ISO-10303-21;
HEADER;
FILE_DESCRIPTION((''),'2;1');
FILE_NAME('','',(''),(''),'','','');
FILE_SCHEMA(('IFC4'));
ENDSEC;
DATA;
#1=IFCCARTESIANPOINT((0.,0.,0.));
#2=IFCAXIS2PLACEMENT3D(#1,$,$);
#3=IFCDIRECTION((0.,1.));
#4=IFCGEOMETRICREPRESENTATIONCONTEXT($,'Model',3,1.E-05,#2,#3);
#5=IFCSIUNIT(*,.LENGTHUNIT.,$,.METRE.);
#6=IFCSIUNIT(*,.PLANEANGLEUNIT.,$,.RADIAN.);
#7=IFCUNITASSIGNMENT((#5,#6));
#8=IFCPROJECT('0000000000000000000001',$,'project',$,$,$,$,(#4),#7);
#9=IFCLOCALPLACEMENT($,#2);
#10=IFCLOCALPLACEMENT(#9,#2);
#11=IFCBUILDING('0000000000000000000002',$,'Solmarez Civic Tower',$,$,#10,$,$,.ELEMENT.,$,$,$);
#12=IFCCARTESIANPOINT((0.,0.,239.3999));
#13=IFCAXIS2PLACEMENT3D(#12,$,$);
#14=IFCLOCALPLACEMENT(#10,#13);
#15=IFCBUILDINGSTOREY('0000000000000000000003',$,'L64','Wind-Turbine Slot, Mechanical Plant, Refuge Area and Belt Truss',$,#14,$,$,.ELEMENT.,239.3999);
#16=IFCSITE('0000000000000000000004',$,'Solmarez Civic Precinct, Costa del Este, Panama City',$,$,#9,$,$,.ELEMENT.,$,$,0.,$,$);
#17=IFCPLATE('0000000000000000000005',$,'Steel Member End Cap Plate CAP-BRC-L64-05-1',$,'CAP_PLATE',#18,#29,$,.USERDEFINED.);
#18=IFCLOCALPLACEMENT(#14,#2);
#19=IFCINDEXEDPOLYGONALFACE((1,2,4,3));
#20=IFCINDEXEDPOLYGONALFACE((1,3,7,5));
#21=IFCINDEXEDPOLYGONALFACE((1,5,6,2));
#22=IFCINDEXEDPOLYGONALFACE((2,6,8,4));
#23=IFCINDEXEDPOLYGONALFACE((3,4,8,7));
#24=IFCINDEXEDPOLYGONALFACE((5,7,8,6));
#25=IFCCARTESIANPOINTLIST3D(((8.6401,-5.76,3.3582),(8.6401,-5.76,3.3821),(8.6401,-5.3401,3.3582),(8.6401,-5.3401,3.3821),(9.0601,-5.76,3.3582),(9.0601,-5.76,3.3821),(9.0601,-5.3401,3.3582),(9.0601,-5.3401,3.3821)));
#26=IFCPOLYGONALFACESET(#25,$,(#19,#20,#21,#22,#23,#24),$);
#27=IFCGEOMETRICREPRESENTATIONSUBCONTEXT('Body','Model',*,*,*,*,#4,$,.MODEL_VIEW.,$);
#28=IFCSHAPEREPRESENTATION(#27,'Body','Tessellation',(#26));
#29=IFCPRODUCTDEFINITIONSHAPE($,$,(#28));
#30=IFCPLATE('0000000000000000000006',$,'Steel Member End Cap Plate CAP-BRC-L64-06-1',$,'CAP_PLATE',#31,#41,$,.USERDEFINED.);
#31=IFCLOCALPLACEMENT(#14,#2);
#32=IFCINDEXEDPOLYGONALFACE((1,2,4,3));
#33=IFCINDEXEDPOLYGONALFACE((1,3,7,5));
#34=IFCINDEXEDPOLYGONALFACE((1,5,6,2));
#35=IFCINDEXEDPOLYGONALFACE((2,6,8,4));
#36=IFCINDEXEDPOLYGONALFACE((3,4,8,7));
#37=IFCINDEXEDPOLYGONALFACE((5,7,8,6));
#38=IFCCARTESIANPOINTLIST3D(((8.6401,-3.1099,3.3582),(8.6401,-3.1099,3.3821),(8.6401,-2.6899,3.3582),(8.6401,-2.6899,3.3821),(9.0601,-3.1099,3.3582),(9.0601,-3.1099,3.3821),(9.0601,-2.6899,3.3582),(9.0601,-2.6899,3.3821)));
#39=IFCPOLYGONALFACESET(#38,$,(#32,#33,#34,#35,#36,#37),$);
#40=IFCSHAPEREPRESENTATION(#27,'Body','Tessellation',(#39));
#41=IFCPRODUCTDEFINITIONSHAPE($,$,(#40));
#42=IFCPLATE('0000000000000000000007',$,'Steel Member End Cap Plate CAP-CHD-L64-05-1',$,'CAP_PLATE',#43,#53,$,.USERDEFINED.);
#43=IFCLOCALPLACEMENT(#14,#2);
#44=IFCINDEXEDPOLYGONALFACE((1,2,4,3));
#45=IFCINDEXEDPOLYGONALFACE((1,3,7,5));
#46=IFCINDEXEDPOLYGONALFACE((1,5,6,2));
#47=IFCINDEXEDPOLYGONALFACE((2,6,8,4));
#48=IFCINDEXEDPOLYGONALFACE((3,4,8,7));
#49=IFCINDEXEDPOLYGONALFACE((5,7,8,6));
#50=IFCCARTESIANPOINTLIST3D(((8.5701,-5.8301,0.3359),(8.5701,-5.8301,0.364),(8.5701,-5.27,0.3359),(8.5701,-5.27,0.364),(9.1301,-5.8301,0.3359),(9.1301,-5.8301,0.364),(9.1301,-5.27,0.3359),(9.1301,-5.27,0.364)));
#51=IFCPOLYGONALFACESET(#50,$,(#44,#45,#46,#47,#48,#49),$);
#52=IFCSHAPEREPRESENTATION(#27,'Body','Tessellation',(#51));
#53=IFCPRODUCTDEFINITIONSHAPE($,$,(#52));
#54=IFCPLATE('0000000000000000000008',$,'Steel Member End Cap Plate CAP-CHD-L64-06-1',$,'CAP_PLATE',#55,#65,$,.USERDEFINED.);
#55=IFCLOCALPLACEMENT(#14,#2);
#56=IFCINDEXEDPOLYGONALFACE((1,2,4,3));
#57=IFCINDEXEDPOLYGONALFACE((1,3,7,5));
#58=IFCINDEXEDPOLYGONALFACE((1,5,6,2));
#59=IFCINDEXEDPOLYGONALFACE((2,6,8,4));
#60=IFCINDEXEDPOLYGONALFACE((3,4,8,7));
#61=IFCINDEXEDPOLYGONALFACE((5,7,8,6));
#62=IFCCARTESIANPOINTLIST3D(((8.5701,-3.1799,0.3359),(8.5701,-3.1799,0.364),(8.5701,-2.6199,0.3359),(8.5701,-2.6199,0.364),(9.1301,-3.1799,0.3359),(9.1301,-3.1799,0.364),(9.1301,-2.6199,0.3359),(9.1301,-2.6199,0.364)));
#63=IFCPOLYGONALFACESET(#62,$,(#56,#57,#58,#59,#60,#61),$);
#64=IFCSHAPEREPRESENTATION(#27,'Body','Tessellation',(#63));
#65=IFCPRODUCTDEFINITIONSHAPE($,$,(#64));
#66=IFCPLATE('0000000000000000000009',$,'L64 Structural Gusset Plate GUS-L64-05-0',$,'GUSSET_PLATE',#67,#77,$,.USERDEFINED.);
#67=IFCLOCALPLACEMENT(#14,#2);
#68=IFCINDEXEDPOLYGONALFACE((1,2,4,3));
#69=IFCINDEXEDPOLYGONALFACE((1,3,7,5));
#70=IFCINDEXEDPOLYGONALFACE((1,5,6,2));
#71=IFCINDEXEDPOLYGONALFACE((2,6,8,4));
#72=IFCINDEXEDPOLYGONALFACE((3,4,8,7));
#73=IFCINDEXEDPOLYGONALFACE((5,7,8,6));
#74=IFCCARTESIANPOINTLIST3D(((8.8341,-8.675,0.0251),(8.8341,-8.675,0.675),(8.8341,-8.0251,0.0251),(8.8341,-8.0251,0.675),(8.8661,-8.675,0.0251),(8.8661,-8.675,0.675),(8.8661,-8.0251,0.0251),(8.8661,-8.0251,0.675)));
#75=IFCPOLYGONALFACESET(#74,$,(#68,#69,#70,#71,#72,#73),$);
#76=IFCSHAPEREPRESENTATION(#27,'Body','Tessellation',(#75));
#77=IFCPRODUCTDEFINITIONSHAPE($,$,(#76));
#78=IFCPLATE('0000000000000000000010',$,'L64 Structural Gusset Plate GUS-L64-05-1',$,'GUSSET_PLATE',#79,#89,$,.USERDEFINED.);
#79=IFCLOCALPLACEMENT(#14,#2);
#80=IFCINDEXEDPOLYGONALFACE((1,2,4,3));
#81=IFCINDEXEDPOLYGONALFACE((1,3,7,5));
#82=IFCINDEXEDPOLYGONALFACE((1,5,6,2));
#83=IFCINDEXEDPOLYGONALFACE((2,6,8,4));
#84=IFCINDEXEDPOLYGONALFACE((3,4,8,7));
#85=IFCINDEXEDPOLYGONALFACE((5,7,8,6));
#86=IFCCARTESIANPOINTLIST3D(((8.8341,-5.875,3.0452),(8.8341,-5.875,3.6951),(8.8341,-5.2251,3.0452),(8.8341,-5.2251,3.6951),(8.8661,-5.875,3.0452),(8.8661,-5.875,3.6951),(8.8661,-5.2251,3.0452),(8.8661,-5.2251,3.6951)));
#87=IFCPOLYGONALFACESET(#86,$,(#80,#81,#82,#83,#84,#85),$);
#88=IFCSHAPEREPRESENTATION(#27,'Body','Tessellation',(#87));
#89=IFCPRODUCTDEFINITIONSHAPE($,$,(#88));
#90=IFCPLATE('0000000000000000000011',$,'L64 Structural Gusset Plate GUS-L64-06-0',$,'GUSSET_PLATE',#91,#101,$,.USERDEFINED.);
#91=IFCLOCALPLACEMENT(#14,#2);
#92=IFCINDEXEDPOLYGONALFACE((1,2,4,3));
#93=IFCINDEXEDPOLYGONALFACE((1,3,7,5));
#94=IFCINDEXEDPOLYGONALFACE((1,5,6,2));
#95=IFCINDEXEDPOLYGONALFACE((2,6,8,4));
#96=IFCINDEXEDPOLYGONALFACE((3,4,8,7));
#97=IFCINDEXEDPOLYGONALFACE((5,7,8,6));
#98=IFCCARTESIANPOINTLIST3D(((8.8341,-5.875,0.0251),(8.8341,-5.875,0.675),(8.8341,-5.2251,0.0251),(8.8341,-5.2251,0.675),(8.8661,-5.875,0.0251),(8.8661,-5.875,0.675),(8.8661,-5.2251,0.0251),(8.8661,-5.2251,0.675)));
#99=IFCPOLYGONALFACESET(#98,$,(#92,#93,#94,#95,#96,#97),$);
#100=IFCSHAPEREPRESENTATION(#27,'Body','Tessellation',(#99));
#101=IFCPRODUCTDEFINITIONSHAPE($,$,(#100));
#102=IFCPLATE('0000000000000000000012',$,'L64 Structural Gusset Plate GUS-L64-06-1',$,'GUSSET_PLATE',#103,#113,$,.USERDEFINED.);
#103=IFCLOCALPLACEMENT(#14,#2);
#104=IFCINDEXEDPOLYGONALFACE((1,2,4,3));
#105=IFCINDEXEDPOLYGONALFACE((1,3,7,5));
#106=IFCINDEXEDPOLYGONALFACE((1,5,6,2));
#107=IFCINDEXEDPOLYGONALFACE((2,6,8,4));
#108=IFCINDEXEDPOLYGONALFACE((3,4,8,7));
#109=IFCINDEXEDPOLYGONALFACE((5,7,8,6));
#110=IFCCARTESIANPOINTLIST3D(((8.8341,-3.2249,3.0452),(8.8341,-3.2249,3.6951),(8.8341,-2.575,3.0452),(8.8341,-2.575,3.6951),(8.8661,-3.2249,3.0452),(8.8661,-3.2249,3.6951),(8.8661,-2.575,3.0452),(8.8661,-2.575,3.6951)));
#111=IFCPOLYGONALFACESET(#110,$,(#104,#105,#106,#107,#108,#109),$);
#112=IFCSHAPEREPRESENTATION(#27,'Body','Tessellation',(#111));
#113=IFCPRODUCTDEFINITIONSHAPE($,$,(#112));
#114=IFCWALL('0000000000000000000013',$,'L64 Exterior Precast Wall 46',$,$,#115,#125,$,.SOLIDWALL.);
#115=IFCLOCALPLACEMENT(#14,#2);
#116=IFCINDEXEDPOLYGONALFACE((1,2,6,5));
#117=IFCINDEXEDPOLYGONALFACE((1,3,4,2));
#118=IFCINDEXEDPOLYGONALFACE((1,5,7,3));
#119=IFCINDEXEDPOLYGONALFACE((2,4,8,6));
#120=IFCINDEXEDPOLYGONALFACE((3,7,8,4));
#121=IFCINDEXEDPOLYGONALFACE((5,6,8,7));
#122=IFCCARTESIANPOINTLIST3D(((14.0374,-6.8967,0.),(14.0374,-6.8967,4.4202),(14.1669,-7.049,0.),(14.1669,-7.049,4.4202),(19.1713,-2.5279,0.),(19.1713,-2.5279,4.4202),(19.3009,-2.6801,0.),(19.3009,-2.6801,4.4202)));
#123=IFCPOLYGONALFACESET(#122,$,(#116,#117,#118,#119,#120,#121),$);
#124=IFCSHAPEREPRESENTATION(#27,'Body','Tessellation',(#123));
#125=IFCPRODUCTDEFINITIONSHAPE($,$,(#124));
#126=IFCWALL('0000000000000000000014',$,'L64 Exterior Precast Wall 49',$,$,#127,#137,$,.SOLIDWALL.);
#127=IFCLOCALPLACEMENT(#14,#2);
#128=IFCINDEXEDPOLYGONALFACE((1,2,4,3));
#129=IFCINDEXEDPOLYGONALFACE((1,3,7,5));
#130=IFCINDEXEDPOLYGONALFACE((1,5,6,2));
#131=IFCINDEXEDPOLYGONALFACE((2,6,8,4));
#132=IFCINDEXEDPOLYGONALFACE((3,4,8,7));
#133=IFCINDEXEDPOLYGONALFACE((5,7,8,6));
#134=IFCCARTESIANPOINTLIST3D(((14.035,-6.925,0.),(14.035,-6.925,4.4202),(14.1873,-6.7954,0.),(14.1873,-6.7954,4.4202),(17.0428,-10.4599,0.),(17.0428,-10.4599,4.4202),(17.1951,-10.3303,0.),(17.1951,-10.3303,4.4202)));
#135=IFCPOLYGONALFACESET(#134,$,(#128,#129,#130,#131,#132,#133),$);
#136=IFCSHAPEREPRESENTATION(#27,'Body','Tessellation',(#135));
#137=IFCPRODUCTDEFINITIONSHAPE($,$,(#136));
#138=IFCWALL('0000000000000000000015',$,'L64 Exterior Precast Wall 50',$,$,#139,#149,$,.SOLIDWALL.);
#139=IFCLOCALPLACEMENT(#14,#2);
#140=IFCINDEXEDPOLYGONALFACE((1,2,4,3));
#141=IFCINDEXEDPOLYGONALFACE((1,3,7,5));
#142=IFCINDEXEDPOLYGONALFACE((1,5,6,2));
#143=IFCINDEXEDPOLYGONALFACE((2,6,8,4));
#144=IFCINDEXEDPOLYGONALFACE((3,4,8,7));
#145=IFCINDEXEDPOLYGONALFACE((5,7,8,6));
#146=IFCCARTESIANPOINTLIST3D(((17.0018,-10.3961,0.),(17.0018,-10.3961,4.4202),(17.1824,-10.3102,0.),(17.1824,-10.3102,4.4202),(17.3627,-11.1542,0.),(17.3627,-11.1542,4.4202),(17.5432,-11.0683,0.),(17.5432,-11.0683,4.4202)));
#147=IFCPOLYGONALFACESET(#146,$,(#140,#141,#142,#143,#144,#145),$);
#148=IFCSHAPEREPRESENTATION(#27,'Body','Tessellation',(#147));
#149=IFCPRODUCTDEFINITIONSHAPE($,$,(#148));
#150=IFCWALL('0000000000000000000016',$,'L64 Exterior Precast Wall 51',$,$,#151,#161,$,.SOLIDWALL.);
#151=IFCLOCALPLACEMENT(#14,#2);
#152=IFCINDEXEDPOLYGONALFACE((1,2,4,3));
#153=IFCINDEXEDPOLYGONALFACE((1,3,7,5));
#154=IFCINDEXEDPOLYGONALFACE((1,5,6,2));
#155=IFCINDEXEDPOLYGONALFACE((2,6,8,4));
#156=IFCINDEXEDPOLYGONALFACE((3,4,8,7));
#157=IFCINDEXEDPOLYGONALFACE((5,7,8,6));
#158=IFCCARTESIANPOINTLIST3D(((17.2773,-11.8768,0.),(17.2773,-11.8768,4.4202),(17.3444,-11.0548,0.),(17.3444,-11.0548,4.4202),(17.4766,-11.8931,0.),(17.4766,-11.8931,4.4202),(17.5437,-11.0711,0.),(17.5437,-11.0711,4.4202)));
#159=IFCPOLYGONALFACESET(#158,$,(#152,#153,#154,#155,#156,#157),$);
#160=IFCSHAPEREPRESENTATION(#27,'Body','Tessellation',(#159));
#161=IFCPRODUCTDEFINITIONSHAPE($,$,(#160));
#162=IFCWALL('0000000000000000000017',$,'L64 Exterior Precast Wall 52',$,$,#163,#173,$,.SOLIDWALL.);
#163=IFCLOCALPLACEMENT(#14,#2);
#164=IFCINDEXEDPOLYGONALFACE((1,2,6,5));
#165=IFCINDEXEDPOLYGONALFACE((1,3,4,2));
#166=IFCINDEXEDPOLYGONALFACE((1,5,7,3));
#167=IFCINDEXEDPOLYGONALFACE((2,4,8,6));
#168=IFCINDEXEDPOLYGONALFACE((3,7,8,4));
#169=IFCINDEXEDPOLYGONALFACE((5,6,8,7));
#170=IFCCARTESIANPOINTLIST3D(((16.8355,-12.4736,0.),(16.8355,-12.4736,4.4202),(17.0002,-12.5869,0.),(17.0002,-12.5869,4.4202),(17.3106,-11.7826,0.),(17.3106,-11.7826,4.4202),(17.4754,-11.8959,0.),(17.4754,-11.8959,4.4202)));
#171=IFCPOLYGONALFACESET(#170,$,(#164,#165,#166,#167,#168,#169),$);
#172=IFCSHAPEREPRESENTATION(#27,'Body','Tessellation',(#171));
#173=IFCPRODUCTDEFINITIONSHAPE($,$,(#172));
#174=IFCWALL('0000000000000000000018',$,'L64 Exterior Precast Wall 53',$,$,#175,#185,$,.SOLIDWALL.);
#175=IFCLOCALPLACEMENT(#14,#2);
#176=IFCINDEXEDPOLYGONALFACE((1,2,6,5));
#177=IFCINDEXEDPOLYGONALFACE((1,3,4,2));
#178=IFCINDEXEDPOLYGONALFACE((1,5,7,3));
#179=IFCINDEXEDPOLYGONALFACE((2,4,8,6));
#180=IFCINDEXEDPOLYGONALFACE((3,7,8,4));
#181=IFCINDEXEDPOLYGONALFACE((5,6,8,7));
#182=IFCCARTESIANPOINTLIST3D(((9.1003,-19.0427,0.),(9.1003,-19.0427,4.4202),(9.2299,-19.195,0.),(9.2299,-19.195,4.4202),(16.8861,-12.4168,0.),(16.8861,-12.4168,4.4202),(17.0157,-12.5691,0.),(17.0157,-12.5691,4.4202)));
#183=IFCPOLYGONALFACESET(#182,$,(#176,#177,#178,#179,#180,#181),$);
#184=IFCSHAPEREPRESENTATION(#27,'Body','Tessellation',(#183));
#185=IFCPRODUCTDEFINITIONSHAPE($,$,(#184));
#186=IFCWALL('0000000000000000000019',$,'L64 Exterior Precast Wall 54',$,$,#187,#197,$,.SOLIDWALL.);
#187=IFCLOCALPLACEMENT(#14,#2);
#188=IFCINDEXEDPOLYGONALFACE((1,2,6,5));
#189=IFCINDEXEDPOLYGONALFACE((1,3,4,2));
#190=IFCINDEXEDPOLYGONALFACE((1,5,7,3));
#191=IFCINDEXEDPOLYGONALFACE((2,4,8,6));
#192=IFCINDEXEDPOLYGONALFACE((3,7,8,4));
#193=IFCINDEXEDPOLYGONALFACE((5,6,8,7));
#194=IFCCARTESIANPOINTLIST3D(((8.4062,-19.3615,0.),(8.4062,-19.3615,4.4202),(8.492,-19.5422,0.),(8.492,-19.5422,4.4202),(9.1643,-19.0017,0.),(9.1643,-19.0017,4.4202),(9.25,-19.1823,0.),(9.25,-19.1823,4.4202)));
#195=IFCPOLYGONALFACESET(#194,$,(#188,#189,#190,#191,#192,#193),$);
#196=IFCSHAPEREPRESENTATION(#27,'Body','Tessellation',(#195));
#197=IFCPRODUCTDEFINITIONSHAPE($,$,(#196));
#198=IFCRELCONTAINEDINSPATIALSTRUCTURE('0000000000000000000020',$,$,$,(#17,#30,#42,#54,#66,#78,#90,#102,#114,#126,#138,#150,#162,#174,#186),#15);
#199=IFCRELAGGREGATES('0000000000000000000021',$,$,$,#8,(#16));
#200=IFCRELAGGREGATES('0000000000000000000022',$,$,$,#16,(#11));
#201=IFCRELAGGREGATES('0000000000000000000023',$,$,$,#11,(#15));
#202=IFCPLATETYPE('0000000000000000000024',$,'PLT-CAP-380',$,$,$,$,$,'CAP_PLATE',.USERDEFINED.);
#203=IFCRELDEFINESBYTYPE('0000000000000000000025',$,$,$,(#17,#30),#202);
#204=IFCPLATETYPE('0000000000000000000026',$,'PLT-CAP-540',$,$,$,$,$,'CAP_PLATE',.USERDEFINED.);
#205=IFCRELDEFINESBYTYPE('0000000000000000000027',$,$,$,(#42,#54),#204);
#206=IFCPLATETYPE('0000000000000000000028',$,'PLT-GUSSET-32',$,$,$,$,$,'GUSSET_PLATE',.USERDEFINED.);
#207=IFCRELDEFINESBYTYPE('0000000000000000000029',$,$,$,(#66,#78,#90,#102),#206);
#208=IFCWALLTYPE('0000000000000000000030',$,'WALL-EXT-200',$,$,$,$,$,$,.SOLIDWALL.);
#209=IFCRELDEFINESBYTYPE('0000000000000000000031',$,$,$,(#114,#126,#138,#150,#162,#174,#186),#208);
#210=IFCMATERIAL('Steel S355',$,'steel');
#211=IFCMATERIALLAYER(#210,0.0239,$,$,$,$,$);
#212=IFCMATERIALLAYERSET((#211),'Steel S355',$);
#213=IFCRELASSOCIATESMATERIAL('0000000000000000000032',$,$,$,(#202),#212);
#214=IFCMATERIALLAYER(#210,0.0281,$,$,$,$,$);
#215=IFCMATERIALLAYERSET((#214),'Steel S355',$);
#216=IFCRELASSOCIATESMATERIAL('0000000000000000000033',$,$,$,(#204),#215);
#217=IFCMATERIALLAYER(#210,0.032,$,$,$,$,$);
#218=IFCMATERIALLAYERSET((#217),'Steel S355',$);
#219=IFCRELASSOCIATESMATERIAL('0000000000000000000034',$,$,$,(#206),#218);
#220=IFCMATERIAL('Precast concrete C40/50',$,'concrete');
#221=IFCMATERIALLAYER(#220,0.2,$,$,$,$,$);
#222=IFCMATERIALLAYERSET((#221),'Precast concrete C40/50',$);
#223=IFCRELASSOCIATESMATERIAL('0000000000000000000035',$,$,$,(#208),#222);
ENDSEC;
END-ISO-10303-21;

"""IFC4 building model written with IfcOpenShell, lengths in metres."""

from ifc_helpers import new_model, si_unit, direction, frame, frame_2d, origin, origin_2d, place, context, subcontext, project, spatial, rectangle, extrude, material, layer, layer_set, type_object, element, save


model = new_model("IFC4")

# Units and contexts
model_context = context("Model", 3, precision=1e-05, world=origin(), true_north=direction((0.0, 1.0)))
body_context = subcontext(model_context, "Body", "Model", "MODEL_VIEW")
ifc_project = project(units=[si_unit("LENGTHUNIT", "METRE"), si_unit("PLANEANGLEUNIT", "RADIAN")], contexts=[model_context])

# Site, building, storey
site_placement = place(None, origin())
site = spatial("IfcSite", under=ifc_project, at=site_placement, Name="Solmarez Civic Precinct, Costa del Este, Panama City", CompositionType="ELEMENT", RefElevation=0.0)
building_placement = place(site_placement, origin())
building = spatial("IfcBuilding", under=site, at=building_placement, Name="Solmarez Civic Tower", CompositionType="ELEMENT")
storey_placement = place(building_placement, frame((0.0, 0.0, 239.3999)))
storey = spatial("IfcBuildingStorey", under=building, at=storey_placement, Name="L64", Description="Wind-Turbine Slot, Mechanical Plant, Refuge Area and Belt Truss", CompositionType="ELEMENT", Elevation=239.3999)

# Shared definitions
ifc_material_1 = material(Name="Steel S355", Category="steel")

# Plates
ifc_layer_1 = layer(ifc_material_1, 0.0239)
ifc_layer_set_1 = layer_set([ifc_layer_1], Name="Steel S355")
plate_type_1 = type_object("IfcPlateType", Name="PLT-CAP-380", ElementType="CAP_PLATE", PredefinedType="USERDEFINED", material=ifc_layer_set_1)
for number, where, z_axis, x_axis, name in (
    (1, (8.8501, -5.55, 3.3582), (0.0, 0.0, 1.0), (1.0, 0.0, 0.0), "Steel Member End Cap Plate CAP-BRC-L64-05-1"),
    (2, (8.8501, -2.8999, 3.3582), (0.0, 0.0, 1.0), (1.0, 0.0, 0.0), "Steel Member End Cap Plate CAP-BRC-L64-06-1"),
):
    element("IfcPlate", number, at=place(storey_placement, frame(where, z_axis=z_axis, x_axis=x_axis)), inside=storey, type_object=plate_type_1, Name=name, ObjectType="CAP_PLATE", PredefinedType="USERDEFINED", context=body_context, shape_type="SweptSolid", body=[
        extrude(rectangle(XDim=0.4199, YDim=0.4199, at=origin_2d()), origin(), (0.0, 0.0, 1.0), 0.0239),
    ])
ifc_layer_2 = layer(ifc_material_1, 0.0281)
ifc_layer_set_2 = layer_set([ifc_layer_2], Name="Steel S355")
plate_type_2 = type_object("IfcPlateType", Name="PLT-CAP-540", ElementType="CAP_PLATE", PredefinedType="USERDEFINED", material=ifc_layer_set_2)
for number, where, z_axis, x_axis, name in (
    (3, (8.8501, -5.55, 0.3359), (0.0, 0.0, 1.0), (1.0, 0.0, 0.0), "Steel Member End Cap Plate CAP-CHD-L64-05-1"),
    (4, (8.8501, -2.8999, 0.3359), (0.0, 0.0, 1.0), (1.0, 0.0, 0.0), "Steel Member End Cap Plate CAP-CHD-L64-06-1"),
):
    element("IfcPlate", number, at=place(storey_placement, frame(where, z_axis=z_axis, x_axis=x_axis)), inside=storey, type_object=plate_type_2, Name=name, ObjectType="CAP_PLATE", PredefinedType="USERDEFINED", context=body_context, shape_type="SweptSolid", body=[
        extrude(rectangle(XDim=0.5601, YDim=0.5601, at=origin_2d()), origin(), (0.0, 0.0, 1.0), 0.0281),
    ])
ifc_layer_3 = layer(ifc_material_1, 0.032)
ifc_layer_set_3 = layer_set([ifc_layer_3], Name="Steel S355")
plate_type_3 = type_object("IfcPlateType", Name="PLT-GUSSET-32", ElementType="GUSSET_PLATE", PredefinedType="USERDEFINED", material=ifc_layer_set_3)
for number, where, z_axis, x_axis, name in (
    (5, (8.8501, -8.3501, 0.0251), (0.0, 0.0, 1.0), (0.0, 1.0, 0.0), "L64 Structural Gusset Plate GUS-L64-05-0"),
    (6, (8.8501, -5.55, 3.0452), (0.0, 0.0, 1.0), (0.0, 1.0, 0.0), "L64 Structural Gusset Plate GUS-L64-05-1"),
    (7, (8.8501, -5.55, 0.0251), (0.0, 0.0, 1.0), (0.0, 1.0, 0.0), "L64 Structural Gusset Plate GUS-L64-06-0"),
    (8, (8.8501, -2.8999, 3.0452), (0.0, 0.0, 1.0), (0.0, 1.0, 0.0), "L64 Structural Gusset Plate GUS-L64-06-1"),
):
    element("IfcPlate", number, at=place(storey_placement, frame(where, z_axis=z_axis, x_axis=x_axis)), inside=storey, type_object=plate_type_3, Name=name, ObjectType="GUSSET_PLATE", PredefinedType="USERDEFINED", context=body_context, shape_type="SweptSolid", body=[
        extrude(rectangle(XDim=0.6499, YDim=0.032, at=origin_2d()), origin(), (0.0, 0.0, 1.0), 0.6499),
    ])

# Walls
ifc_material_2 = material(Name="Precast concrete C40/50", Category="concrete")
ifc_layer_4 = layer(ifc_material_2, 0.2)
ifc_layer_set_4 = layer_set([ifc_layer_4], Name="Precast concrete C40/50")
wall_type_1 = type_object("IfcWallType", Name="WALL-EXT-200", PredefinedType="SOLIDWALL", material=ifc_layer_set_4)
wall_1_placement = place(storey_placement, frame((19.2361, -2.604, 0.0), z_axis=(0.0, 0.0, 1.0), x_axis=(-0.761576, -0.648076, 0.0)))
element("IfcWall", 9, at=wall_1_placement, inside=storey, type_object=wall_type_1, Name="L64 Exterior Precast Wall 46", PredefinedType="SOLIDWALL", context=body_context, shape_type="SweptSolid", body=[
    extrude(rectangle(XDim=6.7412, YDim=0.2, at=frame_2d((3.3706, 0.0))), origin(), (0.0, 0.0, 1.0), 4.4202),
])
wall_2_placement = place(storey_placement, frame((14.1111, -6.8601, 0.0), z_axis=(0.0, 0.0, 1.0), x_axis=(0.648041, -0.761606, 0.0)))
element("IfcWall", 10, at=wall_2_placement, inside=storey, type_object=wall_type_1, Name="L64 Exterior Precast Wall 49", PredefinedType="SOLIDWALL", context=body_context, shape_type="SweptSolid", body=[
    extrude(rectangle(XDim=4.6414, YDim=0.2, at=frame_2d((2.3208, 0.0))), origin(), (0.0, 0.0, 1.0), 4.4202),
])
wall_3_placement = place(storey_placement, frame((17.092, -10.353, 0.0), z_axis=(0.0, 0.0, 1.0), x_axis=(0.429798, -0.902925, 0.0)))
element("IfcWall", 11, at=wall_3_placement, inside=storey, type_object=wall_type_1, Name="L64 Exterior Precast Wall 50", PredefinedType="SOLIDWALL", context=body_context, shape_type="SweptSolid", body=[
    extrude(rectangle(XDim=0.8396, YDim=0.2, at=frame_2d((0.4199, 0.0))), origin(), (0.0, 0.0, 1.0), 4.4202),
])
wall_4_placement = place(storey_placement, frame((17.4441, -11.063, 0.0), z_axis=(0.0, 0.0, 1.0), x_axis=(-0.081404, -0.996681, 0.0)))
element("IfcWall", 12, at=wall_4_placement, inside=storey, type_object=wall_type_1, Name="L64 Exterior Precast Wall 51", PredefinedType="SOLIDWALL", context=body_context, shape_type="SweptSolid", body=[
    extrude(rectangle(XDim=0.8247, YDim=0.2, at=frame_2d((0.4124, 0.0))), origin(), (0.0, 0.0, 1.0), 4.4202),
])
wall_5_placement = place(storey_placement, frame((17.3931, -11.8391, 0.0), z_axis=(0.0, 0.0, 1.0), x_axis=(-0.566603, -0.823991, 0.0)))
element("IfcWall", 13, at=wall_5_placement, inside=storey, type_object=wall_type_1, Name="L64 Exterior Precast Wall 52", PredefinedType="SOLIDWALL", context=body_context, shape_type="SweptSolid", body=[
    extrude(rectangle(XDim=0.8386, YDim=0.2, at=frame_2d((0.4194, 0.0))), origin(), (0.0, 0.0, 1.0), 4.4202),
])
wall_6_placement = place(storey_placement, frame((16.9509, -12.4929, 0.0), z_axis=(0.0, 0.0, 1.0), x_axis=(-0.761554, -0.648101, 0.0)))
element("IfcWall", 14, at=wall_6_placement, inside=storey, type_object=wall_type_1, Name="L64 Exterior Precast Wall 53", PredefinedType="SOLIDWALL", context=body_context, shape_type="SweptSolid", body=[
    extrude(rectangle(XDim=10.2236, YDim=0.2, at=frame_2d((5.1118, 0.0))), origin(), (0.0, 0.0, 1.0), 4.4202),
])
wall_7_placement = place(storey_placement, frame((9.207, -19.092, 0.0), z_axis=(0.0, 0.0, 1.0), x_axis=(-0.903376, -0.428849, 0.0)))
element("IfcWall", 15, at=wall_7_placement, inside=storey, type_object=wall_type_1, Name="L64 Exterior Precast Wall 54", PredefinedType="SOLIDWALL", context=body_context, shape_type="SweptSolid", body=[
    extrude(rectangle(XDim=0.8391, YDim=0.2, at=frame_2d((0.4194, 0.0))), origin(), (0.0, 0.0, 1.0), 4.4202),
])

save(model, "model.ifc")
